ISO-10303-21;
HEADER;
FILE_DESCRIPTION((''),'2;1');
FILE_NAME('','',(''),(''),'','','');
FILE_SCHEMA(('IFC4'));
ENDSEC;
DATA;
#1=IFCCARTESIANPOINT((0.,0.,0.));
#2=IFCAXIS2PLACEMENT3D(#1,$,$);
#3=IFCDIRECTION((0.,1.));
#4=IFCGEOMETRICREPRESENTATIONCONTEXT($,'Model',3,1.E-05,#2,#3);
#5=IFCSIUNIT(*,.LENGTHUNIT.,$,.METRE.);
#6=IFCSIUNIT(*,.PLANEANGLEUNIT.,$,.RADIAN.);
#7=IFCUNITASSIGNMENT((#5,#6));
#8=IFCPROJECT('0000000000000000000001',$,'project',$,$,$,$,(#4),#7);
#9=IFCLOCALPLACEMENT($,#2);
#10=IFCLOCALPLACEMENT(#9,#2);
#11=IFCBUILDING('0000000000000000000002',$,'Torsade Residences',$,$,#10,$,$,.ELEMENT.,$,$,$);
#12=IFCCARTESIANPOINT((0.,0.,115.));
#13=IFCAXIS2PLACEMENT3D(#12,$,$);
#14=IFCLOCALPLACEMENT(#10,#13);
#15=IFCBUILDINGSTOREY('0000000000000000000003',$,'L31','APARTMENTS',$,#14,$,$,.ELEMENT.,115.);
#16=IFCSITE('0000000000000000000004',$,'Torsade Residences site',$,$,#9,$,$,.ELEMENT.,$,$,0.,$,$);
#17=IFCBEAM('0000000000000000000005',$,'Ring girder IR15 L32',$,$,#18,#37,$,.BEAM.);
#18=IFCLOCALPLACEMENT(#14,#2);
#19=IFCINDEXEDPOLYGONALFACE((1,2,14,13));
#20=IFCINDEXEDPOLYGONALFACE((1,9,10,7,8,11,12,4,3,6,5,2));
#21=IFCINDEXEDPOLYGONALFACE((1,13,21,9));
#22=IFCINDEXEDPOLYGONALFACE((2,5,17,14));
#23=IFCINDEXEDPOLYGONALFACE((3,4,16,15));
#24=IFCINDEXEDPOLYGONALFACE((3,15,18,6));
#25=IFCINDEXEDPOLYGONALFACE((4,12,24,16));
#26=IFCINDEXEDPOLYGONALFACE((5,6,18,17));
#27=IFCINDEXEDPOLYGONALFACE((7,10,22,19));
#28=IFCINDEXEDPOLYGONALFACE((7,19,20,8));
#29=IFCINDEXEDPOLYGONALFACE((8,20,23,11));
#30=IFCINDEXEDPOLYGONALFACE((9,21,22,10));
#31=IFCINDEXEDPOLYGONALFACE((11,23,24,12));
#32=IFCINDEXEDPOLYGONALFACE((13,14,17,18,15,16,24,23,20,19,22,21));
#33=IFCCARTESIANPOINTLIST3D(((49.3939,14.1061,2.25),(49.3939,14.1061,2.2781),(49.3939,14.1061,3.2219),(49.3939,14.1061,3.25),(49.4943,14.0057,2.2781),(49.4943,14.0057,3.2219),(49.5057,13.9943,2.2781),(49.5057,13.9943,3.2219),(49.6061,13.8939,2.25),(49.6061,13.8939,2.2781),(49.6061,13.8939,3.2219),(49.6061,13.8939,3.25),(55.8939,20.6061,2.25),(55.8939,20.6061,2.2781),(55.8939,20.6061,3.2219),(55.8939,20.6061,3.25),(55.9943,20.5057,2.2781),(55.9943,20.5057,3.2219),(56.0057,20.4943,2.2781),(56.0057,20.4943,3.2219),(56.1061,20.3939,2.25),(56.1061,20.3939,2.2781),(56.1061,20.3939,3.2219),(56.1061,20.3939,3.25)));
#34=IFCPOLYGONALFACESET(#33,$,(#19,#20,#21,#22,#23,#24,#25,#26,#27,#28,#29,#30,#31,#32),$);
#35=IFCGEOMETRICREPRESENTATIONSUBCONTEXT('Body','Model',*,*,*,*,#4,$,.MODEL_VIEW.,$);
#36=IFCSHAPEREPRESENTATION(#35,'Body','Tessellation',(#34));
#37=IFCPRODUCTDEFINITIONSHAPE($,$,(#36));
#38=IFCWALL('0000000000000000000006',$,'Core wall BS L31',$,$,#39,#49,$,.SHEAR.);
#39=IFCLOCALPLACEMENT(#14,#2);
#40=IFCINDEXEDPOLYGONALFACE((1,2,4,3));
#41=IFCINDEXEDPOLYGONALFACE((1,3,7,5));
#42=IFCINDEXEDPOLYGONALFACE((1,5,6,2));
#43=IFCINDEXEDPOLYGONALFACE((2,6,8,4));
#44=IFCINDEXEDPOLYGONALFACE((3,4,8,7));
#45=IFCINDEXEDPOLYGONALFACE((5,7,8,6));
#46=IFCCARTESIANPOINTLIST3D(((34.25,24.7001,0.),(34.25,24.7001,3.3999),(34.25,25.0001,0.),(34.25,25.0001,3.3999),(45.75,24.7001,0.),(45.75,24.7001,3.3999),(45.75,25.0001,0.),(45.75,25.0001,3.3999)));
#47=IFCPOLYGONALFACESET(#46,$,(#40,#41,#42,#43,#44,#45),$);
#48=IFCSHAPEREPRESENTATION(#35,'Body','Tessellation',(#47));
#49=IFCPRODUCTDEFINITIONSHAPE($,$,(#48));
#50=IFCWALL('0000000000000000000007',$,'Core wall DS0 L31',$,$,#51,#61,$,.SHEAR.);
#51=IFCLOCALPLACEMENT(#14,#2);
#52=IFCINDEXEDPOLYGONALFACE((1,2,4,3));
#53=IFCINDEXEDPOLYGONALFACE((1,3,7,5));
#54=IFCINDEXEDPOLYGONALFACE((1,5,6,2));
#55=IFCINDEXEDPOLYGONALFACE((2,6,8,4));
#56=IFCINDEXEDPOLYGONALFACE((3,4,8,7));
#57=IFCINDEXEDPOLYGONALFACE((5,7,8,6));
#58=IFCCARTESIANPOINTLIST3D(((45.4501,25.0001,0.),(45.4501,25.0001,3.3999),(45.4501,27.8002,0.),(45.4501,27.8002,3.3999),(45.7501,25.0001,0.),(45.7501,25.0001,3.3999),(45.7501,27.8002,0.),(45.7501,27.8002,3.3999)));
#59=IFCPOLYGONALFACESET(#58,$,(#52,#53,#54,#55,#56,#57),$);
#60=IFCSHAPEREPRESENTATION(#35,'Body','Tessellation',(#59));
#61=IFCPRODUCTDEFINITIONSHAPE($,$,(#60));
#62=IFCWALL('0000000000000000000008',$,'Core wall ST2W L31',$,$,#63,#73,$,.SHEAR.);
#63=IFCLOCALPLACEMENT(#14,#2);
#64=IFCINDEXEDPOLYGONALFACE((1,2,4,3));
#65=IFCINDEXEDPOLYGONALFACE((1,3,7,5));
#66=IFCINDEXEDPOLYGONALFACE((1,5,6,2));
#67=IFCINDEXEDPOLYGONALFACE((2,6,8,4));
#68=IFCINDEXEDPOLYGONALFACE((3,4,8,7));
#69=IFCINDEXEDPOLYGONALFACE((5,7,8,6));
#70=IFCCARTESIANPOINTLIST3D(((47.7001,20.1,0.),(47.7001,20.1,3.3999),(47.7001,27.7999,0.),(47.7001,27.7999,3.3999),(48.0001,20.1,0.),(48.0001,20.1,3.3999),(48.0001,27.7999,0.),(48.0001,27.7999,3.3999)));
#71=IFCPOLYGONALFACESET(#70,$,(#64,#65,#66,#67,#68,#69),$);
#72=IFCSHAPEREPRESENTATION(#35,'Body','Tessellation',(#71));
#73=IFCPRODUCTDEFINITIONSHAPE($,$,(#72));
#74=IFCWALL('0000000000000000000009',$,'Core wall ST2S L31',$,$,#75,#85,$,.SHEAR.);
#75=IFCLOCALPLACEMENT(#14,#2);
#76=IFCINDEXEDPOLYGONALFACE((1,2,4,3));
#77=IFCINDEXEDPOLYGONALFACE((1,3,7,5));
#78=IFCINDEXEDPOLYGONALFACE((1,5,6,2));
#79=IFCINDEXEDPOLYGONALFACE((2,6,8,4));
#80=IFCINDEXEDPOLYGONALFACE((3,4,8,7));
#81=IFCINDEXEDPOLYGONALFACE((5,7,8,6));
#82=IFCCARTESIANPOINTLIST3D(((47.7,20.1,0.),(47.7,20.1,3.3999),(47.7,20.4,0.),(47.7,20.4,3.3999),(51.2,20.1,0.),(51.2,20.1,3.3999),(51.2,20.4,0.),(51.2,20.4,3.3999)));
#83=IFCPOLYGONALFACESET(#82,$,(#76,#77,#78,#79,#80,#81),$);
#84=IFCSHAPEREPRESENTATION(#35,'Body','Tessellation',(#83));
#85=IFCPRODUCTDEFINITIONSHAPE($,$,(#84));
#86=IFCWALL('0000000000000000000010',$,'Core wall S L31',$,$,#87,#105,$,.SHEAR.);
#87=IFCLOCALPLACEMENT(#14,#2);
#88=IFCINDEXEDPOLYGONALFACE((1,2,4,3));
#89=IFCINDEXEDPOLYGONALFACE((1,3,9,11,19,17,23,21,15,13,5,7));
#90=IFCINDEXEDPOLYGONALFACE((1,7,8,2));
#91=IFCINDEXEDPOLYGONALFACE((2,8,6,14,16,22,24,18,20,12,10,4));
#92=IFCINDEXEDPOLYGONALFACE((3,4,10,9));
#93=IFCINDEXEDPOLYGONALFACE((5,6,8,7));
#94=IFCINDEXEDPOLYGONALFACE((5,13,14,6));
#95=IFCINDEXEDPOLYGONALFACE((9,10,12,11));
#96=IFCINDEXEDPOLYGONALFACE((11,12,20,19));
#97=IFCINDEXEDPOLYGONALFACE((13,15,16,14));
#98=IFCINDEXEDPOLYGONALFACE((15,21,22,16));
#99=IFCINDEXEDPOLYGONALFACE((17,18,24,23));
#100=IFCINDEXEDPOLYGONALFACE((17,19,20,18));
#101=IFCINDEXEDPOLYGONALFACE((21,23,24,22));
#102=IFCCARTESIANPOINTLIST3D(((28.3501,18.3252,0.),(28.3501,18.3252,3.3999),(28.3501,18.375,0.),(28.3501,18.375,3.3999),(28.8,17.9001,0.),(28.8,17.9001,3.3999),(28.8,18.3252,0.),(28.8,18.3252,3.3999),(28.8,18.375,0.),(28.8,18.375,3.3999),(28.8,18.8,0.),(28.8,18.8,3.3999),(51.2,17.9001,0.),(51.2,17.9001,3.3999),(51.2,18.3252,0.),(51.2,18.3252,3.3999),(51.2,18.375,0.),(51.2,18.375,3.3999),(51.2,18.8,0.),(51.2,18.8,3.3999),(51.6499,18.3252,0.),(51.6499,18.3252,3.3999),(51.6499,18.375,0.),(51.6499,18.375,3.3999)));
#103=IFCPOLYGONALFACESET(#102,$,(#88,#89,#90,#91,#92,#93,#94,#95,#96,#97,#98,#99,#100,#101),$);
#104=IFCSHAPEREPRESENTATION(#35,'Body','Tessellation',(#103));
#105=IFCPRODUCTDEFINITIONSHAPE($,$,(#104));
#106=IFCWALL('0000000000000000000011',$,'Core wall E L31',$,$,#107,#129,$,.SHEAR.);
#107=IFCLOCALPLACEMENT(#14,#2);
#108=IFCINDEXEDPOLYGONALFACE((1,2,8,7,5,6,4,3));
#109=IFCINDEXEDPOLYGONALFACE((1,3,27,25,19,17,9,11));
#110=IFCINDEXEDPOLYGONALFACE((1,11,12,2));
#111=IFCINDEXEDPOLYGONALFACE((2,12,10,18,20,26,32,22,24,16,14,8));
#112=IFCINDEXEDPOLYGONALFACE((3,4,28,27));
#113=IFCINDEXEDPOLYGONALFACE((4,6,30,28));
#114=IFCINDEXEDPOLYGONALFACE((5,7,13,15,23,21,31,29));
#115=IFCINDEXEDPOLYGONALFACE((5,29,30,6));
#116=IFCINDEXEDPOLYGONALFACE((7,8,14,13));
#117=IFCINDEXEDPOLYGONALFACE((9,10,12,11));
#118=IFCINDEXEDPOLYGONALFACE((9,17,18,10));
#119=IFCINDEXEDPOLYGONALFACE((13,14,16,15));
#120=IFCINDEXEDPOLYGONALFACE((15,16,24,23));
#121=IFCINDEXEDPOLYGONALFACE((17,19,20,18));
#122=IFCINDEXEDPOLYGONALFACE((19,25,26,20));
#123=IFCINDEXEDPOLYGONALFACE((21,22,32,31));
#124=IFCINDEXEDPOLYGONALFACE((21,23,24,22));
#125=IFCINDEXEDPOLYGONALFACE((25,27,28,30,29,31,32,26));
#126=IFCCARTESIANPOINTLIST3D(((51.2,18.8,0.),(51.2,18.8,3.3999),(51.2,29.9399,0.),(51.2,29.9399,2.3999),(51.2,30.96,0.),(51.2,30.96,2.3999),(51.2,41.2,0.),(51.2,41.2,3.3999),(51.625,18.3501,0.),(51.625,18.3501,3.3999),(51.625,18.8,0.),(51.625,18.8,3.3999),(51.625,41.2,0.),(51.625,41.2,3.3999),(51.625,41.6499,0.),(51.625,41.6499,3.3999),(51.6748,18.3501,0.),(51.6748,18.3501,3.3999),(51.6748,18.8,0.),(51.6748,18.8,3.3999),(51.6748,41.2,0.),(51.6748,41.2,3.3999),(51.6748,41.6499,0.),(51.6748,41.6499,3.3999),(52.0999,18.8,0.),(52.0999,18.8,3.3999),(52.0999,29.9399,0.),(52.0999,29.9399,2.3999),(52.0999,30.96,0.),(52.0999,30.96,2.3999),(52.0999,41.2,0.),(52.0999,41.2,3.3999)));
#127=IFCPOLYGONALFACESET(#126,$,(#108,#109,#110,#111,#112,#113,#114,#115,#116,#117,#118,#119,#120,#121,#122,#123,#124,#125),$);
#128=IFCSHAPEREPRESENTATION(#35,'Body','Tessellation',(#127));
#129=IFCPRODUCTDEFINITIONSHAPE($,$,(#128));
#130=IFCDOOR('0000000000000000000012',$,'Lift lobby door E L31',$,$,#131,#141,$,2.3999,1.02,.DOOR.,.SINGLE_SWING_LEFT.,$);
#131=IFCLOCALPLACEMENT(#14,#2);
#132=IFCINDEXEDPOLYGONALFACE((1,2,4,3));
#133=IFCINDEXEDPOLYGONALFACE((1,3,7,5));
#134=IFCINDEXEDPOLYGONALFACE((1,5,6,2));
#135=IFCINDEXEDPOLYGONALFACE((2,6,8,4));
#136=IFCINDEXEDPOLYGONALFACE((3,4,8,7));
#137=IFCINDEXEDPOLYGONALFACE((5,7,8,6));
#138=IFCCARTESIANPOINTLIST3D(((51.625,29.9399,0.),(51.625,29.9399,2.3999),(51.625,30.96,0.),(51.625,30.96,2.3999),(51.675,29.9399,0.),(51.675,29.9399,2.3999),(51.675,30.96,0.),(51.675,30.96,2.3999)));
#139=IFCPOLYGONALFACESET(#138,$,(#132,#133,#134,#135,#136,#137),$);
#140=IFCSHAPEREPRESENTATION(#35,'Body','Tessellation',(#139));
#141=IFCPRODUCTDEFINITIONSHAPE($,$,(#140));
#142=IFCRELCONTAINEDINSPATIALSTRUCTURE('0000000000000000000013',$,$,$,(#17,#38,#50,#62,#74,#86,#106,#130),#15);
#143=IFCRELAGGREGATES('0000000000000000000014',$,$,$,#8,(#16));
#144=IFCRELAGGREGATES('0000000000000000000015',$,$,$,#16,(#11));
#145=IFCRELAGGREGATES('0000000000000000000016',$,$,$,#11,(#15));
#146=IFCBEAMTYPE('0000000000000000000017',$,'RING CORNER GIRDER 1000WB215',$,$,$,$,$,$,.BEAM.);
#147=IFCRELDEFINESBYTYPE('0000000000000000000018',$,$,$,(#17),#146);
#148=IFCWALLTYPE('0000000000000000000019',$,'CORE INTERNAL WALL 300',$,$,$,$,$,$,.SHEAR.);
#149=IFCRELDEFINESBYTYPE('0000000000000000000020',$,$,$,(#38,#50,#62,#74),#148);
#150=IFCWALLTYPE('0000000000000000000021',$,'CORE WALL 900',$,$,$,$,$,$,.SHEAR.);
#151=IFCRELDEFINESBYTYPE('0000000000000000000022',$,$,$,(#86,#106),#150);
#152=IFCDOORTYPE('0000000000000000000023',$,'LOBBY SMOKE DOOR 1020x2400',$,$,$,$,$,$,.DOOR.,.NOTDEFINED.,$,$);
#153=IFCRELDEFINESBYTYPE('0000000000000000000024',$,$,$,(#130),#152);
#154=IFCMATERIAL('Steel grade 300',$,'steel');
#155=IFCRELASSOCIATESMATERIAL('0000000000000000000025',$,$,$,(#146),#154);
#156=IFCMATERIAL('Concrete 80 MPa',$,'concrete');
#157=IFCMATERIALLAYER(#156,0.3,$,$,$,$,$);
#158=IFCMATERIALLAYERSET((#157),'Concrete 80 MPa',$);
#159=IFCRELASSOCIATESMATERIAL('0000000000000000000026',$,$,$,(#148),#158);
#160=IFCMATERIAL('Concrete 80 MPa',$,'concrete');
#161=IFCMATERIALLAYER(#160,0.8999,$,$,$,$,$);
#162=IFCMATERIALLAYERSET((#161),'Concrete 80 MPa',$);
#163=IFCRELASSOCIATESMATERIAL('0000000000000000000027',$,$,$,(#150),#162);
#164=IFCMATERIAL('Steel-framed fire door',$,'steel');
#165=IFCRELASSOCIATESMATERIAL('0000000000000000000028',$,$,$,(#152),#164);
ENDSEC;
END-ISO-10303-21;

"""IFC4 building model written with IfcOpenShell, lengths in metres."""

from ifc_helpers import new_model, si_unit, direction, frame, frame_2d, origin, origin_2d, place, context, subcontext, project, spatial, polyline, rectangle, i_section, outline, extrude, material, layer, layer_set, material_profile, profile_set, type_object, element, fill, save


model = new_model("IFC4")

# Units and contexts
model_context = context("Model", 3, precision=1e-05, world=origin(), true_north=direction((0.0, 1.0)))
body_context = subcontext(model_context, "Body", "Model", "MODEL_VIEW")
ifc_project = project(units=[si_unit("LENGTHUNIT", "METRE"), si_unit("PLANEANGLEUNIT", "RADIAN")], contexts=[model_context])

# Site, building, storey
site_placement = place(None, origin())
site = spatial("IfcSite", under=ifc_project, at=site_placement, Name="Torsade Residences site", CompositionType="ELEMENT", RefElevation=0.0)
building_placement = place(site_placement, origin())
building = spatial("IfcBuilding", under=site, at=building_placement, Name="Torsade Residences", CompositionType="ELEMENT")
storey_placement = place(building_placement, frame((0.0, 0.0, 115.0)))
storey = spatial("IfcBuildingStorey", under=building, at=storey_placement, Name="L31", Description="APARTMENTS", CompositionType="ELEMENT", Elevation=115.0)

# Beam
ifc_material_1 = material(Name="Steel grade 300", Category="steel")
ifc_material_profile_1 = material_profile(ifc_material_1, i_section(OverallWidth=0.3, OverallDepth=1.0, WebThickness=0.0161, FlangeThickness=0.0281, at=origin_2d()), Name="1000WB215")
ifc_profile_set_1 = profile_set([ifc_material_profile_1], Name="Steel grade 300")
beam_type_1 = type_object("IfcBeamType", Name="RING CORNER GIRDER 1000WB215", PredefinedType="BEAM", material=ifc_profile_set_1)
beam_1_placement = place(storey_placement, frame((49.5, 14.0, 2.75), z_axis=(0.707107, 0.707107, 0.0), x_axis=(-0.707107, 0.707107, 0.0)))
element("IfcBeam", 1, at=beam_1_placement, inside=storey, type_object=beam_type_1, Name="Ring girder IR15 L32", PredefinedType="BEAM", context=body_context, shape_type="SweptSolid", body=[
    extrude(i_section(OverallWidth=0.3, OverallDepth=1.0, WebThickness=0.0161, FlangeThickness=0.0281, at=origin_2d()), origin(), (0.0, 0.0, 1.0), 9.1924),
])

# Walls
ifc_material_2 = material(Name="Concrete 80 MPa", Category="concrete")
ifc_layer_1 = layer(ifc_material_2, 0.3)
ifc_layer_set_1 = layer_set([ifc_layer_1], Name="Concrete 80 MPa")
wall_type_1 = type_object("IfcWallType", Name="CORE INTERNAL WALL 300", PredefinedType="SHEAR", material=ifc_layer_set_1)
wall_1_placement = place(storey_placement, frame((45.75, 24.8501, 0.0), z_axis=(0.0, 0.0, 1.0), x_axis=(-1.0, 0.0, 0.0)))
element("IfcWall", 2, at=wall_1_placement, inside=storey, type_object=wall_type_1, Name="Core wall BS L31", PredefinedType="SHEAR", context=body_context, shape_type="SweptSolid", body=[
    extrude(rectangle(XDim=11.5, YDim=0.3, at=frame_2d((5.75, 0.0))), origin(), (0.0, 0.0, 1.0), 3.3999),
])
wall_2_placement = place(storey_placement, frame((45.6001, 27.8, 0.0), z_axis=(0.0, 0.0, 1.0), x_axis=(0.0, -1.0, 0.0)))
element("IfcWall", 3, at=wall_2_placement, inside=storey, type_object=wall_type_1, Name="Core wall DS0 L31", PredefinedType="SHEAR", context=body_context, shape_type="SweptSolid", body=[
    extrude(rectangle(XDim=2.8, YDim=0.3, at=frame_2d((1.3999, 0.0))), origin(), (0.0, 0.0, 1.0), 3.3999),
])
wall_3_placement = place(storey_placement, frame((47.8501, 27.8, 0.0), z_axis=(0.0, 0.0, 1.0), x_axis=(0.0, -1.0, 0.0)))
element("IfcWall", 4, at=wall_3_placement, inside=storey, type_object=wall_type_1, Name="Core wall ST2W L31", PredefinedType="SHEAR", context=body_context, shape_type="SweptSolid", body=[
    extrude(rectangle(XDim=7.7, YDim=0.3, at=frame_2d((3.8501, 0.0))), origin(), (0.0, 0.0, 1.0), 3.3999),
])
wall_4_placement = place(storey_placement, frame((51.2, 20.25, 0.0), z_axis=(0.0, 0.0, 1.0), x_axis=(-1.0, 0.0, 0.0)))
element("IfcWall", 5, at=wall_4_placement, inside=storey, type_object=wall_type_1, Name="Core wall ST2S L31", PredefinedType="SHEAR", context=body_context, shape_type="SweptSolid", body=[
    extrude(rectangle(XDim=3.5, YDim=0.3, at=frame_2d((1.75, 0.0))), origin(), (0.0, 0.0, 1.0), 3.3999),
])
ifc_material_3 = material(Name="Concrete 80 MPa", Category="concrete")
ifc_layer_2 = layer(ifc_material_3, 0.8999)
ifc_layer_set_2 = layer_set([ifc_layer_2], Name="Concrete 80 MPa")
wall_type_2 = type_object("IfcWallType", Name="CORE WALL 900", PredefinedType="SHEAR", material=ifc_layer_set_2)
wall_5_placement = place(storey_placement, frame((51.2, 18.3501, 0.0), z_axis=(0.0, 0.0, 1.0), x_axis=(-1.0, 0.0, 0.0)))
element("IfcWall", 6, at=wall_5_placement, inside=storey, type_object=wall_type_2, Name="Core wall S L31", PredefinedType="SHEAR", context=body_context, shape_type="SweptSolid", body=[
    extrude(outline(polyline([(0.0, -0.45), (22.3999, -0.45), (22.3999, -0.0249), (22.8499, -0.0249), (22.8499, 0.0249), (22.3999, 0.0249), (22.3999, 0.45), (0.0, 0.45), (0.0, 0.0249), (-0.45, 0.0249), (-0.45, -0.0249), (0.0, -0.0249), (0.0, -0.45)])), origin(), (0.0, 0.0, 1.0), 3.3999),
])

# Wall, opening, door
wall_6_placement = place(storey_placement, frame((51.6499, 18.8, 0.0), z_axis=(0.0, 0.0, 1.0), x_axis=(0.0, 1.0, 0.0)))
wall_6 = element("IfcWall", 7, at=wall_6_placement, inside=storey, type_object=wall_type_2, Name="Core wall E L31", PredefinedType="SHEAR", context=body_context, shape_type="SweptSolid", body=[
    extrude(outline(polyline([(0.0, -0.45), (22.3999, -0.45), (22.3999, -0.0249), (22.8499, -0.0249), (22.8499, 0.0249), (22.3999, 0.0249), (22.3999, 0.45), (0.0, 0.45), (0.0, 0.0249), (-0.45, 0.0249), (-0.45, -0.0249), (0.0, -0.0249), (0.0, -0.45)])), origin(), (0.0, 0.0, 1.0), 3.3999),
])
opening_1_placement = place(wall_6_placement, frame((11.1399, 0.0, 0.0)))
opening_1 = element("IfcOpeningElement", 8, at=opening_1_placement, cuts=wall_6, PredefinedType="OPENING", context=body_context, shape_type="SweptSolid", body=[
    extrude(rectangle(XDim=1.02, YDim=2.3999, at=frame_2d((0.51, 1.2))), frame((0.0, 0.46, 0.0), z_axis=(0.0, -1.0, 0.0), x_axis=(1.0, 0.0, 0.0)), (0.0, 0.0, 1.0), 0.9199),
])
ifc_material_4 = material(Name="Steel-framed fire door", Category="steel")
door_type_1 = type_object("IfcDoorType", Name="LOBBY SMOKE DOOR 1020x2400", OperationType="NOTDEFINED", PredefinedType="DOOR", material=ifc_material_4)
door_1_placement = place(opening_1_placement, origin())
door_1 = element("IfcDoor", 9, at=door_1_placement, inside=storey, type_object=door_type_1, Name="Lift lobby door E L31", OperationType="SINGLE_SWING_LEFT", OverallHeight=2.3999, OverallWidth=1.02, PredefinedType="DOOR", context=body_context, shape_type="SweptSolid", body=[
    extrude(rectangle(XDim=1.02, YDim=2.3999, at=frame_2d((0.51, 1.2))), frame((0.0, 0.0249, 0.0), z_axis=(0.0, -1.0, 0.0), x_axis=(1.0, 0.0, 0.0)), (0.0, 0.0, 1.0), 0.05),
])
fill(opening_1, door_1)

save(model, "model.ifc")
